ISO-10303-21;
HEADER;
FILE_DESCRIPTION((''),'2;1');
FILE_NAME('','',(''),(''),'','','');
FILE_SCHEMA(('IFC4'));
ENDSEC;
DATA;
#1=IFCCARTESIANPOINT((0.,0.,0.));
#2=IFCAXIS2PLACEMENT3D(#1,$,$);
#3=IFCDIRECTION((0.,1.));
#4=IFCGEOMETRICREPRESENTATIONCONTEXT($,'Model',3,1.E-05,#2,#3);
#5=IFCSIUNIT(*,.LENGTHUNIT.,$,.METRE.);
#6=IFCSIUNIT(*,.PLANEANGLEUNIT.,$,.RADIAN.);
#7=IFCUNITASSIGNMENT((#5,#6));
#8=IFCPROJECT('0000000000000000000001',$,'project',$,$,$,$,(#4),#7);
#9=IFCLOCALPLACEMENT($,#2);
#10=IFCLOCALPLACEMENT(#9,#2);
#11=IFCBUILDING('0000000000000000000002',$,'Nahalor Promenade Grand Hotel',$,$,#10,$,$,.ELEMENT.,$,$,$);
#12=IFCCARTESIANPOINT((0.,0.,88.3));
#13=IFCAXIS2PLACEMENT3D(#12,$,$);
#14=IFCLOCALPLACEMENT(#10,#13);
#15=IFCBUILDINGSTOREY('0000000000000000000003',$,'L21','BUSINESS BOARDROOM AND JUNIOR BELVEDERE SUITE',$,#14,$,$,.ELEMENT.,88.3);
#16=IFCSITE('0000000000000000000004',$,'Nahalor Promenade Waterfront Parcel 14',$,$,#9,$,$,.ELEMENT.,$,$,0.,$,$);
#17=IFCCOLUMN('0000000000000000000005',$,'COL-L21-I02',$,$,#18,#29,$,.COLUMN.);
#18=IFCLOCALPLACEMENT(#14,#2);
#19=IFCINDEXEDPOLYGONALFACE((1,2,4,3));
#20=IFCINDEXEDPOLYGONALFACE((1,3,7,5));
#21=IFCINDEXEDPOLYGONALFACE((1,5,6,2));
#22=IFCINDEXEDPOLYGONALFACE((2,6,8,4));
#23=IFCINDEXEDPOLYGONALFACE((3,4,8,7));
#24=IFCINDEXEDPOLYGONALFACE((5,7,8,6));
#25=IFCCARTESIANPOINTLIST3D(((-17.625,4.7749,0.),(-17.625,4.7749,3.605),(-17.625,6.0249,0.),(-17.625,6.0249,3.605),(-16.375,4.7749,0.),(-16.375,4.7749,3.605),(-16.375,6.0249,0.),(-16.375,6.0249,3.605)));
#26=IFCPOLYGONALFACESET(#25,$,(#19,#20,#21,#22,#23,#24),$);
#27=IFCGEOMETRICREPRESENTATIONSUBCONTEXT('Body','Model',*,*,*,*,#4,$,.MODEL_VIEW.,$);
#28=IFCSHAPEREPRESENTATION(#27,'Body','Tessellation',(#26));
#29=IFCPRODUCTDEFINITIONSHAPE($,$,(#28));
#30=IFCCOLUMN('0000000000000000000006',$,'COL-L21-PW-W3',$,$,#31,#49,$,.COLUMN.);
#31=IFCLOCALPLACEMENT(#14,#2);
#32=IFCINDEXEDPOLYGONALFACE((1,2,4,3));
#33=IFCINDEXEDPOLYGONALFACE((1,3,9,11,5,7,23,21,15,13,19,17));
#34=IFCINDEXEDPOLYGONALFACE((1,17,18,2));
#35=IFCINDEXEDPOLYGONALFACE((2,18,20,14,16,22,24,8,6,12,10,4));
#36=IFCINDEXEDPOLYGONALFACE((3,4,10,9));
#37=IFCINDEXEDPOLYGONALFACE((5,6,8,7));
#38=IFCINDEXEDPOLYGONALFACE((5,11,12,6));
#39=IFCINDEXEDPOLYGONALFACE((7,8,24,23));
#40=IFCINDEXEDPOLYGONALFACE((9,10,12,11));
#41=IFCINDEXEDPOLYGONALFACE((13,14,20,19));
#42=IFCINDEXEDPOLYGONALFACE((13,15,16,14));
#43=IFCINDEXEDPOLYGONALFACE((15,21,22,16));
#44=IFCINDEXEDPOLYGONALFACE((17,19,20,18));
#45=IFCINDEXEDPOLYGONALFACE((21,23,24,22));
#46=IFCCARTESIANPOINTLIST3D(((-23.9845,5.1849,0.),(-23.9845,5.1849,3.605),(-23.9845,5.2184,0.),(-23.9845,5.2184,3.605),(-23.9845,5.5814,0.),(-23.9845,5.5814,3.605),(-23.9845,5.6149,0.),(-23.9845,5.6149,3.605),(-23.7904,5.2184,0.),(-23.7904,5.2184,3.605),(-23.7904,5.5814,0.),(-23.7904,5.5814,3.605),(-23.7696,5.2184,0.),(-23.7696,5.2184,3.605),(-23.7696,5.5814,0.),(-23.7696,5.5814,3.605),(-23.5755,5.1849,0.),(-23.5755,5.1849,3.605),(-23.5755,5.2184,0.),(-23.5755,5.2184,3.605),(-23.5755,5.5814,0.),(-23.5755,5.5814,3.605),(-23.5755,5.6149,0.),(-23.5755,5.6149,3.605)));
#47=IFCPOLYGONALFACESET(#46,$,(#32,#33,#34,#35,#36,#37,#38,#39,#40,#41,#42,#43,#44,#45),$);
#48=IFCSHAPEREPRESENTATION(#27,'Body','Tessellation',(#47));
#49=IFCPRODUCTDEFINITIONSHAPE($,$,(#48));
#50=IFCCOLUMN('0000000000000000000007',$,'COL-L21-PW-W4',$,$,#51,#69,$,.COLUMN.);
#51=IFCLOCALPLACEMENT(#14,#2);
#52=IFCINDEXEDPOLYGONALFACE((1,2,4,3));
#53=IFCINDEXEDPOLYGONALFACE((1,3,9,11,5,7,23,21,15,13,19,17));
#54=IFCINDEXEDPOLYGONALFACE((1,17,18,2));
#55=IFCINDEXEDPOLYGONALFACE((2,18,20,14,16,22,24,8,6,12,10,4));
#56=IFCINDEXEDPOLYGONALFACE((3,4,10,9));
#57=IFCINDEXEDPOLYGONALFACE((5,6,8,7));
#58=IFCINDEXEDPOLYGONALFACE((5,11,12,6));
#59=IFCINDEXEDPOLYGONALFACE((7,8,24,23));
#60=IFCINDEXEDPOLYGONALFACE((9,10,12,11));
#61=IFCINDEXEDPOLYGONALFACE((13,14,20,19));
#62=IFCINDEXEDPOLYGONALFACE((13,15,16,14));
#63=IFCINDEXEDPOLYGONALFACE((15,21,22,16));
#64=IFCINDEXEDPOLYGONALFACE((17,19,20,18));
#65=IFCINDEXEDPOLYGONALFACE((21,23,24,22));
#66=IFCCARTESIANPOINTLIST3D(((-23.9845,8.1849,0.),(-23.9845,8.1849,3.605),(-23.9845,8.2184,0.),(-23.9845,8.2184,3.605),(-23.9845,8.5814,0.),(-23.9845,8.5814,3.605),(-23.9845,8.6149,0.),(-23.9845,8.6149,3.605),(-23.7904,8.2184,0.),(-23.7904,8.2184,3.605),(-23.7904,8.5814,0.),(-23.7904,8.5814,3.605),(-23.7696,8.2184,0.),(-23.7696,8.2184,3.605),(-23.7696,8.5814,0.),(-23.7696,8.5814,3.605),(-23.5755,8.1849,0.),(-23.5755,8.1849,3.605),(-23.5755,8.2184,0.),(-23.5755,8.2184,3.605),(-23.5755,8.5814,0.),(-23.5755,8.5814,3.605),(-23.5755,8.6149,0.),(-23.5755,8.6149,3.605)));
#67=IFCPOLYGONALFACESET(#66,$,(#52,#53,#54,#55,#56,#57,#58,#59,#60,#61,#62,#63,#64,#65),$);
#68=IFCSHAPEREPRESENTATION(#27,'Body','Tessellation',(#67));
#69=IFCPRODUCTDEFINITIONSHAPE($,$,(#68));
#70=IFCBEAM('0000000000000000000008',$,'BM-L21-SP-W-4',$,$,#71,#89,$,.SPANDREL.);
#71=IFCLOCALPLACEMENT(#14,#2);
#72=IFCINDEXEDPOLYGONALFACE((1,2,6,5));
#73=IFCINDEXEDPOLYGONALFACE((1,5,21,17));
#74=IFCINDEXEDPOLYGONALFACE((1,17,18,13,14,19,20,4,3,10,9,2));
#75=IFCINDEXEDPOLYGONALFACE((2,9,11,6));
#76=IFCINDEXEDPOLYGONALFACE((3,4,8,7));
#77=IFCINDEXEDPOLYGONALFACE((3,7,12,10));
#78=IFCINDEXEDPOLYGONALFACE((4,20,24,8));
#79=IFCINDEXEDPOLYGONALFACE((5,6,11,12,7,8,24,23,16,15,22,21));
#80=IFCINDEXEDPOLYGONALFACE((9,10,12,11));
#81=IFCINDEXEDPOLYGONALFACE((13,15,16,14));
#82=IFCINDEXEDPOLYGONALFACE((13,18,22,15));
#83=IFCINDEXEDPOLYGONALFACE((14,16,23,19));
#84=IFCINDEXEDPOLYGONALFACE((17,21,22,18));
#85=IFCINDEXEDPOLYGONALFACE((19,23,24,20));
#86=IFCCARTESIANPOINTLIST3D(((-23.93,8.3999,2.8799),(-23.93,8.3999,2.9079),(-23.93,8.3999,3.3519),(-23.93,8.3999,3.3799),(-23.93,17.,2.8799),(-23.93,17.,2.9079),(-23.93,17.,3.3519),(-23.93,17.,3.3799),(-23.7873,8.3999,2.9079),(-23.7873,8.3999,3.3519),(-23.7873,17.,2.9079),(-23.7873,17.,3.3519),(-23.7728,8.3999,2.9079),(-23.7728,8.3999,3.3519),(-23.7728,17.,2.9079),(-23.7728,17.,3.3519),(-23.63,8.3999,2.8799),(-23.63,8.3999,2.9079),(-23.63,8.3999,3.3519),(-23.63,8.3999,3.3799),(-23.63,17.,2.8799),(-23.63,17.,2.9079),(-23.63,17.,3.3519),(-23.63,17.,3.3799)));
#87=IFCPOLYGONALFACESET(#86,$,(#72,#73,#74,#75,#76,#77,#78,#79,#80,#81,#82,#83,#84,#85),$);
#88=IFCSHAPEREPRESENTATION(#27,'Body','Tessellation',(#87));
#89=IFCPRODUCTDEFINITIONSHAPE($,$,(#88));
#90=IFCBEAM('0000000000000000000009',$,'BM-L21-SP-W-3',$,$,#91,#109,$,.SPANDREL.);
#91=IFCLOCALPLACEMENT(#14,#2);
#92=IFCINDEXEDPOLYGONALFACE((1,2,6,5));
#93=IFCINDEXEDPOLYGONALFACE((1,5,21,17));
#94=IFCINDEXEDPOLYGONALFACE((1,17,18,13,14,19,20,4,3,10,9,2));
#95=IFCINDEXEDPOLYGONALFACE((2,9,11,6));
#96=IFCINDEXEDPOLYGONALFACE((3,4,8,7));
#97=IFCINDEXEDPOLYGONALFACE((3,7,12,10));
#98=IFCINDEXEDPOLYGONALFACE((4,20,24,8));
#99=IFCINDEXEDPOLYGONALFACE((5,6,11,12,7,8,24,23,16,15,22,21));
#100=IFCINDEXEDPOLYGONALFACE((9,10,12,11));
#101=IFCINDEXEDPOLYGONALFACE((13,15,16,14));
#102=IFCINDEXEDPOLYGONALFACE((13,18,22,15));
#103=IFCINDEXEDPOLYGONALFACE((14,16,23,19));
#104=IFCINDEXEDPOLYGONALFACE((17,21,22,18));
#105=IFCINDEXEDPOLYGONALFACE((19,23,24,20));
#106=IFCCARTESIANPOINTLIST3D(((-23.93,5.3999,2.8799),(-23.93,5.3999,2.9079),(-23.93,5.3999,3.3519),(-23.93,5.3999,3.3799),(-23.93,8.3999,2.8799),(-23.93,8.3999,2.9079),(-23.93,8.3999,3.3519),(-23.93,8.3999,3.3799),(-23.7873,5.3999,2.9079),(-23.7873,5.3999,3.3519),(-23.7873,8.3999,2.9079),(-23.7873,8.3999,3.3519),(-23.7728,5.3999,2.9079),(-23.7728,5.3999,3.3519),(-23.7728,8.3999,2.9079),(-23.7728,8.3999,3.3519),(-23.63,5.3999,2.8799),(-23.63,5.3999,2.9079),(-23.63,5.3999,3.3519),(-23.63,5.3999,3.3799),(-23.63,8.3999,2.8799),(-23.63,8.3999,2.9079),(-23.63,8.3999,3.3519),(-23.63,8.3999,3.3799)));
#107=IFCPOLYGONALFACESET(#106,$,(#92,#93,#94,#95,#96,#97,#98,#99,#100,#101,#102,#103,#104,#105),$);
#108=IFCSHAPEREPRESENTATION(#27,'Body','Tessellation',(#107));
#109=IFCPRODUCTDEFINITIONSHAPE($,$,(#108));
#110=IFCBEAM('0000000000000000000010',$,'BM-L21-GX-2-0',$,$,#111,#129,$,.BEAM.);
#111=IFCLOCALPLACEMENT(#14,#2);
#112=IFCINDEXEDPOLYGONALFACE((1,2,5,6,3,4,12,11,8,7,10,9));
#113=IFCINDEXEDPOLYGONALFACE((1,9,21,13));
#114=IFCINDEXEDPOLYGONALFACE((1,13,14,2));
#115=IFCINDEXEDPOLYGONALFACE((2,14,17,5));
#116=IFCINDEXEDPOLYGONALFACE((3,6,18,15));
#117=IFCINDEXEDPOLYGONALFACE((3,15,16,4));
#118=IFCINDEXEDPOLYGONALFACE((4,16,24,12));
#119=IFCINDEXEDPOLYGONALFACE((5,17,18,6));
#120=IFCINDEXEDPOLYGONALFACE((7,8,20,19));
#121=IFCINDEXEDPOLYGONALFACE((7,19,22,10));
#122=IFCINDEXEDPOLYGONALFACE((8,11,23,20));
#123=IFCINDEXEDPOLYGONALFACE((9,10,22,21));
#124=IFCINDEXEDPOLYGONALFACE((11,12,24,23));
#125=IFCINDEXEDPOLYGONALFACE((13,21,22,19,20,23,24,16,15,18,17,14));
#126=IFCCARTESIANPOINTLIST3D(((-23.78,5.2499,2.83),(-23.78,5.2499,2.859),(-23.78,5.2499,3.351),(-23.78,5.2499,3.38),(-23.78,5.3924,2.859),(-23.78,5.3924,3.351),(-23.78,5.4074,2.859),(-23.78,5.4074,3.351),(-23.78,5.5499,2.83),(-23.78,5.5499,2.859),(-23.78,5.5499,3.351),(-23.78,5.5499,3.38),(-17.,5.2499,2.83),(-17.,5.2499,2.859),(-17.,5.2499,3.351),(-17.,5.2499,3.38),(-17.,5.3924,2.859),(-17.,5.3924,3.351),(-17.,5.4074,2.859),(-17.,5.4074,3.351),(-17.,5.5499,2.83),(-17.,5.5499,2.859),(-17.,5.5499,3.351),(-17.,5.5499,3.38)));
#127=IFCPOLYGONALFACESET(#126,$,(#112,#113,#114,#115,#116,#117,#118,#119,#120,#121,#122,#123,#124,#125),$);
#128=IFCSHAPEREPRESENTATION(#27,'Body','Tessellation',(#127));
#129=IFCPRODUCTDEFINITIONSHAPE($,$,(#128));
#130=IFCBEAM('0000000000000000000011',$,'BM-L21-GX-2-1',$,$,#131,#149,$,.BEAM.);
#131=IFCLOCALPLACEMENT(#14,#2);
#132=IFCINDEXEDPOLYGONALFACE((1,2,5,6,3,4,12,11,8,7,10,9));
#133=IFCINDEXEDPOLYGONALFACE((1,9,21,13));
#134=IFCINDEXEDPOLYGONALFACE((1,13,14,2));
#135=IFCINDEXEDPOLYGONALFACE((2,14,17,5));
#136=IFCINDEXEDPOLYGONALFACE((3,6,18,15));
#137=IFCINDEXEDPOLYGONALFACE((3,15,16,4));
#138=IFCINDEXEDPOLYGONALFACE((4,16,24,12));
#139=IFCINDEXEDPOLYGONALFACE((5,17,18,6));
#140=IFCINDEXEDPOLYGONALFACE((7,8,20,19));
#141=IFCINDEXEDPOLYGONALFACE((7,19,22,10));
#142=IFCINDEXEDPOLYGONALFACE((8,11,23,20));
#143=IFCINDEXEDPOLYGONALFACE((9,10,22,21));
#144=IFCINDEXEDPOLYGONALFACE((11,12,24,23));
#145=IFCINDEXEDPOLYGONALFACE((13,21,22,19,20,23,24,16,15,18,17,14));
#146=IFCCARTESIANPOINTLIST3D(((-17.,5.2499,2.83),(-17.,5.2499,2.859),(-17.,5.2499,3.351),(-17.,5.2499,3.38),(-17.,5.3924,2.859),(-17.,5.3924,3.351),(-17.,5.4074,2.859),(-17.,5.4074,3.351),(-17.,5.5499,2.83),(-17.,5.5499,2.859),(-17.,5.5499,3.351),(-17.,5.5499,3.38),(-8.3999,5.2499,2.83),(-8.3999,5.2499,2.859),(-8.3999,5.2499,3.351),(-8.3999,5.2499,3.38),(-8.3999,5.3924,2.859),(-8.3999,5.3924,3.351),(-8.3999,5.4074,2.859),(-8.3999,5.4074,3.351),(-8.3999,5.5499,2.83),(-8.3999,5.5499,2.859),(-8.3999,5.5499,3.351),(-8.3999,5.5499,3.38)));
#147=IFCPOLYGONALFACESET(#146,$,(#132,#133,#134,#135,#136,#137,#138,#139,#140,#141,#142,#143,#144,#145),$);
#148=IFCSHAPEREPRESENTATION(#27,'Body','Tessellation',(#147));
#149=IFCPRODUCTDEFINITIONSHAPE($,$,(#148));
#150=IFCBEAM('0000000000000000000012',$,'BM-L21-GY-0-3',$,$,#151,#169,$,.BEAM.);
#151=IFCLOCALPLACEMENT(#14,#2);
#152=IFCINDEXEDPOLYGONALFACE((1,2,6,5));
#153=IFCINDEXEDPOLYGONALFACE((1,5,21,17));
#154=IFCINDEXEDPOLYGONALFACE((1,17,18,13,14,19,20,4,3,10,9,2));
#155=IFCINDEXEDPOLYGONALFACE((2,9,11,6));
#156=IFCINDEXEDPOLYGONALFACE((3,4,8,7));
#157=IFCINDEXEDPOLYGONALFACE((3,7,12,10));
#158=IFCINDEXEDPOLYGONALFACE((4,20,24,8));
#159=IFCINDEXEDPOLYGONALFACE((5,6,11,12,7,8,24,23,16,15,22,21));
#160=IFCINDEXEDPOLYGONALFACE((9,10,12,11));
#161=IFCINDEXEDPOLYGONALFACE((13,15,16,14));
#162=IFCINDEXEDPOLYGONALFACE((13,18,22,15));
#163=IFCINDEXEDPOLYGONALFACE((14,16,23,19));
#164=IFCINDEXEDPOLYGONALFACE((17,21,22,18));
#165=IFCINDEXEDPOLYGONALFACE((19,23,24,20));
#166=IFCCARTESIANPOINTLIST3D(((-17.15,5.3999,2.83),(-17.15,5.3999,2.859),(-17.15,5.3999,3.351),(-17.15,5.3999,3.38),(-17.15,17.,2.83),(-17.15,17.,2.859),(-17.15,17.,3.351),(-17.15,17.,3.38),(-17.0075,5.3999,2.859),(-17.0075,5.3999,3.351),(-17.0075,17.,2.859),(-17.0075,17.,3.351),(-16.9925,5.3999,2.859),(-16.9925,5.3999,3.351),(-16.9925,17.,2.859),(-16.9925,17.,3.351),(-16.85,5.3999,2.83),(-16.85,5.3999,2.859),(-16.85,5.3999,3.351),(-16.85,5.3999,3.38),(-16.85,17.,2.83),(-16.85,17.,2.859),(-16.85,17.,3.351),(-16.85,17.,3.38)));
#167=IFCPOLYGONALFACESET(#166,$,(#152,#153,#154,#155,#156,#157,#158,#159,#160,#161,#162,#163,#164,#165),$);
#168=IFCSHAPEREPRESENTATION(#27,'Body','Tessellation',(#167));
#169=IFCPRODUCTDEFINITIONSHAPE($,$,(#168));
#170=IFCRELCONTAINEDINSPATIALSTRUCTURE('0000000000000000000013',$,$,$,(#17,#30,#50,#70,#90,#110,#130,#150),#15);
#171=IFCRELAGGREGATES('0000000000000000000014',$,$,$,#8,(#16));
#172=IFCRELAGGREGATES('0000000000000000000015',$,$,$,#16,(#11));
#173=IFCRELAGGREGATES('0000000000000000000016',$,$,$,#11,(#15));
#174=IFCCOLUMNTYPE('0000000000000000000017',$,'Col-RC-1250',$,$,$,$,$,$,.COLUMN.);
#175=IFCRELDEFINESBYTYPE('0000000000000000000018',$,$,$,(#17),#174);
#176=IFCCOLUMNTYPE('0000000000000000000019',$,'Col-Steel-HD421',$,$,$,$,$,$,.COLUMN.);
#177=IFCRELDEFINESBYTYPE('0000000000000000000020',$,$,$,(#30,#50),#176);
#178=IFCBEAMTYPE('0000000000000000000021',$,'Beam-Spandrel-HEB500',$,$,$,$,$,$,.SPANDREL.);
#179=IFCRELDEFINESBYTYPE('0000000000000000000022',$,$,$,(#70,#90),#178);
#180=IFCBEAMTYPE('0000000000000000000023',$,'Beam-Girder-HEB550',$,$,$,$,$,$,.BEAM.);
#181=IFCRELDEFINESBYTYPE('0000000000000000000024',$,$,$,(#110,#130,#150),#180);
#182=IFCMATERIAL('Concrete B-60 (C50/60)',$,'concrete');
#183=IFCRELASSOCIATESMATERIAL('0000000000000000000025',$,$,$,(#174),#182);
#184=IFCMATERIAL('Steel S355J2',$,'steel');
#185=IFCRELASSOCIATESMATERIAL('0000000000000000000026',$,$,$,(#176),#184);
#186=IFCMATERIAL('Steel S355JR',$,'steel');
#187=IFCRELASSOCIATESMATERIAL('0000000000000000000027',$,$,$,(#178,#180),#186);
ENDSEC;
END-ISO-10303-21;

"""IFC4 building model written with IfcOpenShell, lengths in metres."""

from ifc_helpers import new_model, si_unit, direction, frame, origin, origin_2d, place, context, subcontext, project, spatial, rectangle, i_section, extrude, source, transform, mapped, material, material_profile, profile_set, type_object, element, save


model = new_model("IFC4")

# Units and contexts
model_context = context("Model", 3, precision=1e-05, world=origin(), true_north=direction((0.0, 1.0)))
body_context = subcontext(model_context, "Body", "Model", "MODEL_VIEW")
ifc_project = project(units=[si_unit("LENGTHUNIT", "METRE"), si_unit("PLANEANGLEUNIT", "RADIAN")], contexts=[model_context])

# Site, building, storey
site_placement = place(None, origin())
site = spatial("IfcSite", under=ifc_project, at=site_placement, Name="Nahalor Promenade Waterfront Parcel 14", CompositionType="ELEMENT", RefElevation=0.0)
building_placement = place(site_placement, origin())
building = spatial("IfcBuilding", under=site, at=building_placement, Name="Nahalor Promenade Grand Hotel", CompositionType="ELEMENT")
storey_placement = place(building_placement, frame((0.0, 0.0, 88.3)))
storey = spatial("IfcBuildingStorey", under=building, at=storey_placement, Name="L21", Description="BUSINESS BOARDROOM AND JUNIOR BELVEDERE SUITE", CompositionType="ELEMENT", Elevation=88.3)

# Columns
ifc_material_1 = material(Name="Concrete B-60 (C50/60)", Category="concrete")
ifc_material_profile_1 = material_profile(ifc_material_1, rectangle(XDim=1.25, YDim=1.25, at=origin_2d()), Name="RC 1250x1250")
ifc_profile_set_1 = profile_set([ifc_material_profile_1], Name="Concrete B-60 (C50/60)")
column_type_1 = type_object("IfcColumnType", Name="Col-RC-1250", PredefinedType="COLUMN", material=ifc_profile_set_1)
shared_shape_1 = source(origin(), body_context, "Body", "SweptSolid", [
    extrude(rectangle(XDim=1.25, YDim=1.25, at=origin_2d()), origin(), (0.0, 0.0, 1.0), 3.605),
])
column_placement = place(storey_placement, frame((-17.0, 5.3999, 0.0), z_axis=(0.0, 0.0, 1.0), x_axis=(1.0, 0.0, 0.0)))
element("IfcColumn", 1, at=column_placement, inside=storey, type_object=column_type_1, Name="COL-L21-I02", PredefinedType="COLUMN", context=body_context, shape_type="MappedRepresentation", body=[
    mapped(shared_shape_1, transform((0.0, 0.0, 0.0), scale=1.0)),
])
ifc_material_2 = material(Name="Steel S355J2", Category="steel")
ifc_material_profile_2 = material_profile(ifc_material_2, i_section(OverallWidth=0.409, OverallDepth=0.43, WebThickness=0.0208, FlangeThickness=0.0335, at=origin_2d()), Name="HD 400x421")
ifc_profile_set_2 = profile_set([ifc_material_profile_2], Name="Steel S355J2")
column_type_2 = type_object("IfcColumnType", Name="Col-Steel-HD421", PredefinedType="COLUMN", material=ifc_profile_set_2)
shared_shape_2 = source(origin(), body_context, "Body", "SweptSolid", [
    extrude(i_section(OverallWidth=0.409, OverallDepth=0.43, WebThickness=0.0208, FlangeThickness=0.0335, at=origin_2d()), origin(), (0.0, 0.0, 1.0), 3.605),
])
for number, where, z_axis, x_axis, name in (
    (2, (-23.78, 5.3999, 0.0), (0.0, 0.0, 1.0), (1.0, 0.0, 0.0), "COL-L21-PW-W3"),
    (3, (-23.78, 8.3999, 0.0), (0.0, 0.0, 1.0), (1.0, 0.0, 0.0), "COL-L21-PW-W4"),
):
    element("IfcColumn", number, at=place(storey_placement, frame(where, z_axis=z_axis, x_axis=x_axis)), inside=storey, type_object=column_type_2, Name=name, PredefinedType="COLUMN", context=body_context, shape_type="MappedRepresentation", body=[
        mapped(shared_shape_2, transform((0.0, 0.0, 0.0), scale=1.0)),
    ])

# Beams
ifc_material_3 = material(Name="Steel S355JR", Category="steel")
ifc_material_profile_3 = material_profile(ifc_material_3, i_section(OverallWidth=0.3, OverallDepth=0.5, WebThickness=0.0145, FlangeThickness=0.028, at=origin_2d()), Name="HEB 500")
ifc_profile_set_3 = profile_set([ifc_material_profile_3], Name="Steel S355JR")
beam_type_1 = type_object("IfcBeamType", Name="Beam-Spandrel-HEB500", PredefinedType="SPANDREL", material=ifc_profile_set_3)
shared_shape_3 = source(origin(), body_context, "Body", "SweptSolid", [
    extrude(i_section(OverallWidth=0.3, OverallDepth=0.5, WebThickness=0.0145, FlangeThickness=0.028, at=origin_2d()), origin(), (0.0, 0.0, 1.0), 8.6001),
])
beam_1_placement = place(storey_placement, frame((-23.78, 8.3999, 3.1299), z_axis=(0.0, 1.0, 0.0), x_axis=(-1.0, 0.0, 0.0)))
element("IfcBeam", 4, at=beam_1_placement, inside=storey, type_object=beam_type_1, Name="BM-L21-SP-W-4", PredefinedType="SPANDREL", context=body_context, shape_type="MappedRepresentation", body=[
    mapped(shared_shape_3, transform((0.0, 0.0, 0.0), scale=1.0)),
])
shared_shape_4 = source(origin(), body_context, "Body", "SweptSolid", [
    extrude(i_section(OverallWidth=0.3, OverallDepth=0.5, WebThickness=0.0145, FlangeThickness=0.028, at=origin_2d()), origin(), (0.0, 0.0, 1.0), 3.0),
])
beam_2_placement = place(storey_placement, frame((-23.78, 5.3999, 3.1299), z_axis=(0.0, 1.0, 0.0), x_axis=(-1.0, 0.0, 0.0)))
element("IfcBeam", 5, at=beam_2_placement, inside=storey, type_object=beam_type_1, Name="BM-L21-SP-W-3", PredefinedType="SPANDREL", context=body_context, shape_type="MappedRepresentation", body=[
    mapped(shared_shape_4, transform((0.0, 0.0, 0.0), scale=1.0)),
])
ifc_material_profile_4 = material_profile(ifc_material_3, i_section(OverallWidth=0.3, OverallDepth=0.55, WebThickness=0.015, FlangeThickness=0.029, at=origin_2d()), Name="HEB 550")
ifc_profile_set_4 = profile_set([ifc_material_profile_4], Name="Steel S355JR")
beam_type_2 = type_object("IfcBeamType", Name="Beam-Girder-HEB550", PredefinedType="BEAM", material=ifc_profile_set_4)
shared_shape_5 = source(origin(), body_context, "Body", "SweptSolid", [
    extrude(i_section(OverallWidth=0.3, OverallDepth=0.55, WebThickness=0.015, FlangeThickness=0.029, at=origin_2d()), origin(), (0.0, 0.0, 1.0), 6.78),
])
beam_3_placement = place(storey_placement, frame((-23.78, 5.3999, 3.105), z_axis=(1.0, 0.0, 0.0), x_axis=(0.0, 1.0, 0.0)))
element("IfcBeam", 6, at=beam_3_placement, inside=storey, type_object=beam_type_2, Name="BM-L21-GX-2-0", PredefinedType="BEAM", context=body_context, shape_type="MappedRepresentation", body=[
    mapped(shared_shape_5, transform((0.0, 0.0, 0.0), scale=1.0)),
])
shared_shape_6 = source(origin(), body_context, "Body", "SweptSolid", [
    extrude(i_section(OverallWidth=0.3, OverallDepth=0.55, WebThickness=0.015, FlangeThickness=0.029, at=origin_2d()), origin(), (0.0, 0.0, 1.0), 8.6001),
])
beam_4_placement = place(storey_placement, frame((-17.0, 5.3999, 3.105), z_axis=(1.0, 0.0, 0.0), x_axis=(0.0, 1.0, 0.0)))
element("IfcBeam", 7, at=beam_4_placement, inside=storey, type_object=beam_type_2, Name="BM-L21-GX-2-1", PredefinedType="BEAM", context=body_context, shape_type="MappedRepresentation", body=[
    mapped(shared_shape_6, transform((0.0, 0.0, 0.0), scale=1.0)),
])
shared_shape_7 = source(origin(), body_context, "Body", "SweptSolid", [
    extrude(i_section(OverallWidth=0.3, OverallDepth=0.55, WebThickness=0.015, FlangeThickness=0.029, at=origin_2d()), origin(), (0.0, 0.0, 1.0), 11.6001),
])
beam_5_placement = place(storey_placement, frame((-17.0, 5.3999, 3.105), z_axis=(0.0, 1.0, 0.0), x_axis=(-1.0, 0.0, 0.0)))
element("IfcBeam", 8, at=beam_5_placement, inside=storey, type_object=beam_type_2, Name="BM-L21-GY-0-3", PredefinedType="BEAM", context=body_context, shape_type="MappedRepresentation", body=[
    mapped(shared_shape_7, transform((0.0, 0.0, 0.0), scale=1.0)),
])

save(model, "model.ifc")
